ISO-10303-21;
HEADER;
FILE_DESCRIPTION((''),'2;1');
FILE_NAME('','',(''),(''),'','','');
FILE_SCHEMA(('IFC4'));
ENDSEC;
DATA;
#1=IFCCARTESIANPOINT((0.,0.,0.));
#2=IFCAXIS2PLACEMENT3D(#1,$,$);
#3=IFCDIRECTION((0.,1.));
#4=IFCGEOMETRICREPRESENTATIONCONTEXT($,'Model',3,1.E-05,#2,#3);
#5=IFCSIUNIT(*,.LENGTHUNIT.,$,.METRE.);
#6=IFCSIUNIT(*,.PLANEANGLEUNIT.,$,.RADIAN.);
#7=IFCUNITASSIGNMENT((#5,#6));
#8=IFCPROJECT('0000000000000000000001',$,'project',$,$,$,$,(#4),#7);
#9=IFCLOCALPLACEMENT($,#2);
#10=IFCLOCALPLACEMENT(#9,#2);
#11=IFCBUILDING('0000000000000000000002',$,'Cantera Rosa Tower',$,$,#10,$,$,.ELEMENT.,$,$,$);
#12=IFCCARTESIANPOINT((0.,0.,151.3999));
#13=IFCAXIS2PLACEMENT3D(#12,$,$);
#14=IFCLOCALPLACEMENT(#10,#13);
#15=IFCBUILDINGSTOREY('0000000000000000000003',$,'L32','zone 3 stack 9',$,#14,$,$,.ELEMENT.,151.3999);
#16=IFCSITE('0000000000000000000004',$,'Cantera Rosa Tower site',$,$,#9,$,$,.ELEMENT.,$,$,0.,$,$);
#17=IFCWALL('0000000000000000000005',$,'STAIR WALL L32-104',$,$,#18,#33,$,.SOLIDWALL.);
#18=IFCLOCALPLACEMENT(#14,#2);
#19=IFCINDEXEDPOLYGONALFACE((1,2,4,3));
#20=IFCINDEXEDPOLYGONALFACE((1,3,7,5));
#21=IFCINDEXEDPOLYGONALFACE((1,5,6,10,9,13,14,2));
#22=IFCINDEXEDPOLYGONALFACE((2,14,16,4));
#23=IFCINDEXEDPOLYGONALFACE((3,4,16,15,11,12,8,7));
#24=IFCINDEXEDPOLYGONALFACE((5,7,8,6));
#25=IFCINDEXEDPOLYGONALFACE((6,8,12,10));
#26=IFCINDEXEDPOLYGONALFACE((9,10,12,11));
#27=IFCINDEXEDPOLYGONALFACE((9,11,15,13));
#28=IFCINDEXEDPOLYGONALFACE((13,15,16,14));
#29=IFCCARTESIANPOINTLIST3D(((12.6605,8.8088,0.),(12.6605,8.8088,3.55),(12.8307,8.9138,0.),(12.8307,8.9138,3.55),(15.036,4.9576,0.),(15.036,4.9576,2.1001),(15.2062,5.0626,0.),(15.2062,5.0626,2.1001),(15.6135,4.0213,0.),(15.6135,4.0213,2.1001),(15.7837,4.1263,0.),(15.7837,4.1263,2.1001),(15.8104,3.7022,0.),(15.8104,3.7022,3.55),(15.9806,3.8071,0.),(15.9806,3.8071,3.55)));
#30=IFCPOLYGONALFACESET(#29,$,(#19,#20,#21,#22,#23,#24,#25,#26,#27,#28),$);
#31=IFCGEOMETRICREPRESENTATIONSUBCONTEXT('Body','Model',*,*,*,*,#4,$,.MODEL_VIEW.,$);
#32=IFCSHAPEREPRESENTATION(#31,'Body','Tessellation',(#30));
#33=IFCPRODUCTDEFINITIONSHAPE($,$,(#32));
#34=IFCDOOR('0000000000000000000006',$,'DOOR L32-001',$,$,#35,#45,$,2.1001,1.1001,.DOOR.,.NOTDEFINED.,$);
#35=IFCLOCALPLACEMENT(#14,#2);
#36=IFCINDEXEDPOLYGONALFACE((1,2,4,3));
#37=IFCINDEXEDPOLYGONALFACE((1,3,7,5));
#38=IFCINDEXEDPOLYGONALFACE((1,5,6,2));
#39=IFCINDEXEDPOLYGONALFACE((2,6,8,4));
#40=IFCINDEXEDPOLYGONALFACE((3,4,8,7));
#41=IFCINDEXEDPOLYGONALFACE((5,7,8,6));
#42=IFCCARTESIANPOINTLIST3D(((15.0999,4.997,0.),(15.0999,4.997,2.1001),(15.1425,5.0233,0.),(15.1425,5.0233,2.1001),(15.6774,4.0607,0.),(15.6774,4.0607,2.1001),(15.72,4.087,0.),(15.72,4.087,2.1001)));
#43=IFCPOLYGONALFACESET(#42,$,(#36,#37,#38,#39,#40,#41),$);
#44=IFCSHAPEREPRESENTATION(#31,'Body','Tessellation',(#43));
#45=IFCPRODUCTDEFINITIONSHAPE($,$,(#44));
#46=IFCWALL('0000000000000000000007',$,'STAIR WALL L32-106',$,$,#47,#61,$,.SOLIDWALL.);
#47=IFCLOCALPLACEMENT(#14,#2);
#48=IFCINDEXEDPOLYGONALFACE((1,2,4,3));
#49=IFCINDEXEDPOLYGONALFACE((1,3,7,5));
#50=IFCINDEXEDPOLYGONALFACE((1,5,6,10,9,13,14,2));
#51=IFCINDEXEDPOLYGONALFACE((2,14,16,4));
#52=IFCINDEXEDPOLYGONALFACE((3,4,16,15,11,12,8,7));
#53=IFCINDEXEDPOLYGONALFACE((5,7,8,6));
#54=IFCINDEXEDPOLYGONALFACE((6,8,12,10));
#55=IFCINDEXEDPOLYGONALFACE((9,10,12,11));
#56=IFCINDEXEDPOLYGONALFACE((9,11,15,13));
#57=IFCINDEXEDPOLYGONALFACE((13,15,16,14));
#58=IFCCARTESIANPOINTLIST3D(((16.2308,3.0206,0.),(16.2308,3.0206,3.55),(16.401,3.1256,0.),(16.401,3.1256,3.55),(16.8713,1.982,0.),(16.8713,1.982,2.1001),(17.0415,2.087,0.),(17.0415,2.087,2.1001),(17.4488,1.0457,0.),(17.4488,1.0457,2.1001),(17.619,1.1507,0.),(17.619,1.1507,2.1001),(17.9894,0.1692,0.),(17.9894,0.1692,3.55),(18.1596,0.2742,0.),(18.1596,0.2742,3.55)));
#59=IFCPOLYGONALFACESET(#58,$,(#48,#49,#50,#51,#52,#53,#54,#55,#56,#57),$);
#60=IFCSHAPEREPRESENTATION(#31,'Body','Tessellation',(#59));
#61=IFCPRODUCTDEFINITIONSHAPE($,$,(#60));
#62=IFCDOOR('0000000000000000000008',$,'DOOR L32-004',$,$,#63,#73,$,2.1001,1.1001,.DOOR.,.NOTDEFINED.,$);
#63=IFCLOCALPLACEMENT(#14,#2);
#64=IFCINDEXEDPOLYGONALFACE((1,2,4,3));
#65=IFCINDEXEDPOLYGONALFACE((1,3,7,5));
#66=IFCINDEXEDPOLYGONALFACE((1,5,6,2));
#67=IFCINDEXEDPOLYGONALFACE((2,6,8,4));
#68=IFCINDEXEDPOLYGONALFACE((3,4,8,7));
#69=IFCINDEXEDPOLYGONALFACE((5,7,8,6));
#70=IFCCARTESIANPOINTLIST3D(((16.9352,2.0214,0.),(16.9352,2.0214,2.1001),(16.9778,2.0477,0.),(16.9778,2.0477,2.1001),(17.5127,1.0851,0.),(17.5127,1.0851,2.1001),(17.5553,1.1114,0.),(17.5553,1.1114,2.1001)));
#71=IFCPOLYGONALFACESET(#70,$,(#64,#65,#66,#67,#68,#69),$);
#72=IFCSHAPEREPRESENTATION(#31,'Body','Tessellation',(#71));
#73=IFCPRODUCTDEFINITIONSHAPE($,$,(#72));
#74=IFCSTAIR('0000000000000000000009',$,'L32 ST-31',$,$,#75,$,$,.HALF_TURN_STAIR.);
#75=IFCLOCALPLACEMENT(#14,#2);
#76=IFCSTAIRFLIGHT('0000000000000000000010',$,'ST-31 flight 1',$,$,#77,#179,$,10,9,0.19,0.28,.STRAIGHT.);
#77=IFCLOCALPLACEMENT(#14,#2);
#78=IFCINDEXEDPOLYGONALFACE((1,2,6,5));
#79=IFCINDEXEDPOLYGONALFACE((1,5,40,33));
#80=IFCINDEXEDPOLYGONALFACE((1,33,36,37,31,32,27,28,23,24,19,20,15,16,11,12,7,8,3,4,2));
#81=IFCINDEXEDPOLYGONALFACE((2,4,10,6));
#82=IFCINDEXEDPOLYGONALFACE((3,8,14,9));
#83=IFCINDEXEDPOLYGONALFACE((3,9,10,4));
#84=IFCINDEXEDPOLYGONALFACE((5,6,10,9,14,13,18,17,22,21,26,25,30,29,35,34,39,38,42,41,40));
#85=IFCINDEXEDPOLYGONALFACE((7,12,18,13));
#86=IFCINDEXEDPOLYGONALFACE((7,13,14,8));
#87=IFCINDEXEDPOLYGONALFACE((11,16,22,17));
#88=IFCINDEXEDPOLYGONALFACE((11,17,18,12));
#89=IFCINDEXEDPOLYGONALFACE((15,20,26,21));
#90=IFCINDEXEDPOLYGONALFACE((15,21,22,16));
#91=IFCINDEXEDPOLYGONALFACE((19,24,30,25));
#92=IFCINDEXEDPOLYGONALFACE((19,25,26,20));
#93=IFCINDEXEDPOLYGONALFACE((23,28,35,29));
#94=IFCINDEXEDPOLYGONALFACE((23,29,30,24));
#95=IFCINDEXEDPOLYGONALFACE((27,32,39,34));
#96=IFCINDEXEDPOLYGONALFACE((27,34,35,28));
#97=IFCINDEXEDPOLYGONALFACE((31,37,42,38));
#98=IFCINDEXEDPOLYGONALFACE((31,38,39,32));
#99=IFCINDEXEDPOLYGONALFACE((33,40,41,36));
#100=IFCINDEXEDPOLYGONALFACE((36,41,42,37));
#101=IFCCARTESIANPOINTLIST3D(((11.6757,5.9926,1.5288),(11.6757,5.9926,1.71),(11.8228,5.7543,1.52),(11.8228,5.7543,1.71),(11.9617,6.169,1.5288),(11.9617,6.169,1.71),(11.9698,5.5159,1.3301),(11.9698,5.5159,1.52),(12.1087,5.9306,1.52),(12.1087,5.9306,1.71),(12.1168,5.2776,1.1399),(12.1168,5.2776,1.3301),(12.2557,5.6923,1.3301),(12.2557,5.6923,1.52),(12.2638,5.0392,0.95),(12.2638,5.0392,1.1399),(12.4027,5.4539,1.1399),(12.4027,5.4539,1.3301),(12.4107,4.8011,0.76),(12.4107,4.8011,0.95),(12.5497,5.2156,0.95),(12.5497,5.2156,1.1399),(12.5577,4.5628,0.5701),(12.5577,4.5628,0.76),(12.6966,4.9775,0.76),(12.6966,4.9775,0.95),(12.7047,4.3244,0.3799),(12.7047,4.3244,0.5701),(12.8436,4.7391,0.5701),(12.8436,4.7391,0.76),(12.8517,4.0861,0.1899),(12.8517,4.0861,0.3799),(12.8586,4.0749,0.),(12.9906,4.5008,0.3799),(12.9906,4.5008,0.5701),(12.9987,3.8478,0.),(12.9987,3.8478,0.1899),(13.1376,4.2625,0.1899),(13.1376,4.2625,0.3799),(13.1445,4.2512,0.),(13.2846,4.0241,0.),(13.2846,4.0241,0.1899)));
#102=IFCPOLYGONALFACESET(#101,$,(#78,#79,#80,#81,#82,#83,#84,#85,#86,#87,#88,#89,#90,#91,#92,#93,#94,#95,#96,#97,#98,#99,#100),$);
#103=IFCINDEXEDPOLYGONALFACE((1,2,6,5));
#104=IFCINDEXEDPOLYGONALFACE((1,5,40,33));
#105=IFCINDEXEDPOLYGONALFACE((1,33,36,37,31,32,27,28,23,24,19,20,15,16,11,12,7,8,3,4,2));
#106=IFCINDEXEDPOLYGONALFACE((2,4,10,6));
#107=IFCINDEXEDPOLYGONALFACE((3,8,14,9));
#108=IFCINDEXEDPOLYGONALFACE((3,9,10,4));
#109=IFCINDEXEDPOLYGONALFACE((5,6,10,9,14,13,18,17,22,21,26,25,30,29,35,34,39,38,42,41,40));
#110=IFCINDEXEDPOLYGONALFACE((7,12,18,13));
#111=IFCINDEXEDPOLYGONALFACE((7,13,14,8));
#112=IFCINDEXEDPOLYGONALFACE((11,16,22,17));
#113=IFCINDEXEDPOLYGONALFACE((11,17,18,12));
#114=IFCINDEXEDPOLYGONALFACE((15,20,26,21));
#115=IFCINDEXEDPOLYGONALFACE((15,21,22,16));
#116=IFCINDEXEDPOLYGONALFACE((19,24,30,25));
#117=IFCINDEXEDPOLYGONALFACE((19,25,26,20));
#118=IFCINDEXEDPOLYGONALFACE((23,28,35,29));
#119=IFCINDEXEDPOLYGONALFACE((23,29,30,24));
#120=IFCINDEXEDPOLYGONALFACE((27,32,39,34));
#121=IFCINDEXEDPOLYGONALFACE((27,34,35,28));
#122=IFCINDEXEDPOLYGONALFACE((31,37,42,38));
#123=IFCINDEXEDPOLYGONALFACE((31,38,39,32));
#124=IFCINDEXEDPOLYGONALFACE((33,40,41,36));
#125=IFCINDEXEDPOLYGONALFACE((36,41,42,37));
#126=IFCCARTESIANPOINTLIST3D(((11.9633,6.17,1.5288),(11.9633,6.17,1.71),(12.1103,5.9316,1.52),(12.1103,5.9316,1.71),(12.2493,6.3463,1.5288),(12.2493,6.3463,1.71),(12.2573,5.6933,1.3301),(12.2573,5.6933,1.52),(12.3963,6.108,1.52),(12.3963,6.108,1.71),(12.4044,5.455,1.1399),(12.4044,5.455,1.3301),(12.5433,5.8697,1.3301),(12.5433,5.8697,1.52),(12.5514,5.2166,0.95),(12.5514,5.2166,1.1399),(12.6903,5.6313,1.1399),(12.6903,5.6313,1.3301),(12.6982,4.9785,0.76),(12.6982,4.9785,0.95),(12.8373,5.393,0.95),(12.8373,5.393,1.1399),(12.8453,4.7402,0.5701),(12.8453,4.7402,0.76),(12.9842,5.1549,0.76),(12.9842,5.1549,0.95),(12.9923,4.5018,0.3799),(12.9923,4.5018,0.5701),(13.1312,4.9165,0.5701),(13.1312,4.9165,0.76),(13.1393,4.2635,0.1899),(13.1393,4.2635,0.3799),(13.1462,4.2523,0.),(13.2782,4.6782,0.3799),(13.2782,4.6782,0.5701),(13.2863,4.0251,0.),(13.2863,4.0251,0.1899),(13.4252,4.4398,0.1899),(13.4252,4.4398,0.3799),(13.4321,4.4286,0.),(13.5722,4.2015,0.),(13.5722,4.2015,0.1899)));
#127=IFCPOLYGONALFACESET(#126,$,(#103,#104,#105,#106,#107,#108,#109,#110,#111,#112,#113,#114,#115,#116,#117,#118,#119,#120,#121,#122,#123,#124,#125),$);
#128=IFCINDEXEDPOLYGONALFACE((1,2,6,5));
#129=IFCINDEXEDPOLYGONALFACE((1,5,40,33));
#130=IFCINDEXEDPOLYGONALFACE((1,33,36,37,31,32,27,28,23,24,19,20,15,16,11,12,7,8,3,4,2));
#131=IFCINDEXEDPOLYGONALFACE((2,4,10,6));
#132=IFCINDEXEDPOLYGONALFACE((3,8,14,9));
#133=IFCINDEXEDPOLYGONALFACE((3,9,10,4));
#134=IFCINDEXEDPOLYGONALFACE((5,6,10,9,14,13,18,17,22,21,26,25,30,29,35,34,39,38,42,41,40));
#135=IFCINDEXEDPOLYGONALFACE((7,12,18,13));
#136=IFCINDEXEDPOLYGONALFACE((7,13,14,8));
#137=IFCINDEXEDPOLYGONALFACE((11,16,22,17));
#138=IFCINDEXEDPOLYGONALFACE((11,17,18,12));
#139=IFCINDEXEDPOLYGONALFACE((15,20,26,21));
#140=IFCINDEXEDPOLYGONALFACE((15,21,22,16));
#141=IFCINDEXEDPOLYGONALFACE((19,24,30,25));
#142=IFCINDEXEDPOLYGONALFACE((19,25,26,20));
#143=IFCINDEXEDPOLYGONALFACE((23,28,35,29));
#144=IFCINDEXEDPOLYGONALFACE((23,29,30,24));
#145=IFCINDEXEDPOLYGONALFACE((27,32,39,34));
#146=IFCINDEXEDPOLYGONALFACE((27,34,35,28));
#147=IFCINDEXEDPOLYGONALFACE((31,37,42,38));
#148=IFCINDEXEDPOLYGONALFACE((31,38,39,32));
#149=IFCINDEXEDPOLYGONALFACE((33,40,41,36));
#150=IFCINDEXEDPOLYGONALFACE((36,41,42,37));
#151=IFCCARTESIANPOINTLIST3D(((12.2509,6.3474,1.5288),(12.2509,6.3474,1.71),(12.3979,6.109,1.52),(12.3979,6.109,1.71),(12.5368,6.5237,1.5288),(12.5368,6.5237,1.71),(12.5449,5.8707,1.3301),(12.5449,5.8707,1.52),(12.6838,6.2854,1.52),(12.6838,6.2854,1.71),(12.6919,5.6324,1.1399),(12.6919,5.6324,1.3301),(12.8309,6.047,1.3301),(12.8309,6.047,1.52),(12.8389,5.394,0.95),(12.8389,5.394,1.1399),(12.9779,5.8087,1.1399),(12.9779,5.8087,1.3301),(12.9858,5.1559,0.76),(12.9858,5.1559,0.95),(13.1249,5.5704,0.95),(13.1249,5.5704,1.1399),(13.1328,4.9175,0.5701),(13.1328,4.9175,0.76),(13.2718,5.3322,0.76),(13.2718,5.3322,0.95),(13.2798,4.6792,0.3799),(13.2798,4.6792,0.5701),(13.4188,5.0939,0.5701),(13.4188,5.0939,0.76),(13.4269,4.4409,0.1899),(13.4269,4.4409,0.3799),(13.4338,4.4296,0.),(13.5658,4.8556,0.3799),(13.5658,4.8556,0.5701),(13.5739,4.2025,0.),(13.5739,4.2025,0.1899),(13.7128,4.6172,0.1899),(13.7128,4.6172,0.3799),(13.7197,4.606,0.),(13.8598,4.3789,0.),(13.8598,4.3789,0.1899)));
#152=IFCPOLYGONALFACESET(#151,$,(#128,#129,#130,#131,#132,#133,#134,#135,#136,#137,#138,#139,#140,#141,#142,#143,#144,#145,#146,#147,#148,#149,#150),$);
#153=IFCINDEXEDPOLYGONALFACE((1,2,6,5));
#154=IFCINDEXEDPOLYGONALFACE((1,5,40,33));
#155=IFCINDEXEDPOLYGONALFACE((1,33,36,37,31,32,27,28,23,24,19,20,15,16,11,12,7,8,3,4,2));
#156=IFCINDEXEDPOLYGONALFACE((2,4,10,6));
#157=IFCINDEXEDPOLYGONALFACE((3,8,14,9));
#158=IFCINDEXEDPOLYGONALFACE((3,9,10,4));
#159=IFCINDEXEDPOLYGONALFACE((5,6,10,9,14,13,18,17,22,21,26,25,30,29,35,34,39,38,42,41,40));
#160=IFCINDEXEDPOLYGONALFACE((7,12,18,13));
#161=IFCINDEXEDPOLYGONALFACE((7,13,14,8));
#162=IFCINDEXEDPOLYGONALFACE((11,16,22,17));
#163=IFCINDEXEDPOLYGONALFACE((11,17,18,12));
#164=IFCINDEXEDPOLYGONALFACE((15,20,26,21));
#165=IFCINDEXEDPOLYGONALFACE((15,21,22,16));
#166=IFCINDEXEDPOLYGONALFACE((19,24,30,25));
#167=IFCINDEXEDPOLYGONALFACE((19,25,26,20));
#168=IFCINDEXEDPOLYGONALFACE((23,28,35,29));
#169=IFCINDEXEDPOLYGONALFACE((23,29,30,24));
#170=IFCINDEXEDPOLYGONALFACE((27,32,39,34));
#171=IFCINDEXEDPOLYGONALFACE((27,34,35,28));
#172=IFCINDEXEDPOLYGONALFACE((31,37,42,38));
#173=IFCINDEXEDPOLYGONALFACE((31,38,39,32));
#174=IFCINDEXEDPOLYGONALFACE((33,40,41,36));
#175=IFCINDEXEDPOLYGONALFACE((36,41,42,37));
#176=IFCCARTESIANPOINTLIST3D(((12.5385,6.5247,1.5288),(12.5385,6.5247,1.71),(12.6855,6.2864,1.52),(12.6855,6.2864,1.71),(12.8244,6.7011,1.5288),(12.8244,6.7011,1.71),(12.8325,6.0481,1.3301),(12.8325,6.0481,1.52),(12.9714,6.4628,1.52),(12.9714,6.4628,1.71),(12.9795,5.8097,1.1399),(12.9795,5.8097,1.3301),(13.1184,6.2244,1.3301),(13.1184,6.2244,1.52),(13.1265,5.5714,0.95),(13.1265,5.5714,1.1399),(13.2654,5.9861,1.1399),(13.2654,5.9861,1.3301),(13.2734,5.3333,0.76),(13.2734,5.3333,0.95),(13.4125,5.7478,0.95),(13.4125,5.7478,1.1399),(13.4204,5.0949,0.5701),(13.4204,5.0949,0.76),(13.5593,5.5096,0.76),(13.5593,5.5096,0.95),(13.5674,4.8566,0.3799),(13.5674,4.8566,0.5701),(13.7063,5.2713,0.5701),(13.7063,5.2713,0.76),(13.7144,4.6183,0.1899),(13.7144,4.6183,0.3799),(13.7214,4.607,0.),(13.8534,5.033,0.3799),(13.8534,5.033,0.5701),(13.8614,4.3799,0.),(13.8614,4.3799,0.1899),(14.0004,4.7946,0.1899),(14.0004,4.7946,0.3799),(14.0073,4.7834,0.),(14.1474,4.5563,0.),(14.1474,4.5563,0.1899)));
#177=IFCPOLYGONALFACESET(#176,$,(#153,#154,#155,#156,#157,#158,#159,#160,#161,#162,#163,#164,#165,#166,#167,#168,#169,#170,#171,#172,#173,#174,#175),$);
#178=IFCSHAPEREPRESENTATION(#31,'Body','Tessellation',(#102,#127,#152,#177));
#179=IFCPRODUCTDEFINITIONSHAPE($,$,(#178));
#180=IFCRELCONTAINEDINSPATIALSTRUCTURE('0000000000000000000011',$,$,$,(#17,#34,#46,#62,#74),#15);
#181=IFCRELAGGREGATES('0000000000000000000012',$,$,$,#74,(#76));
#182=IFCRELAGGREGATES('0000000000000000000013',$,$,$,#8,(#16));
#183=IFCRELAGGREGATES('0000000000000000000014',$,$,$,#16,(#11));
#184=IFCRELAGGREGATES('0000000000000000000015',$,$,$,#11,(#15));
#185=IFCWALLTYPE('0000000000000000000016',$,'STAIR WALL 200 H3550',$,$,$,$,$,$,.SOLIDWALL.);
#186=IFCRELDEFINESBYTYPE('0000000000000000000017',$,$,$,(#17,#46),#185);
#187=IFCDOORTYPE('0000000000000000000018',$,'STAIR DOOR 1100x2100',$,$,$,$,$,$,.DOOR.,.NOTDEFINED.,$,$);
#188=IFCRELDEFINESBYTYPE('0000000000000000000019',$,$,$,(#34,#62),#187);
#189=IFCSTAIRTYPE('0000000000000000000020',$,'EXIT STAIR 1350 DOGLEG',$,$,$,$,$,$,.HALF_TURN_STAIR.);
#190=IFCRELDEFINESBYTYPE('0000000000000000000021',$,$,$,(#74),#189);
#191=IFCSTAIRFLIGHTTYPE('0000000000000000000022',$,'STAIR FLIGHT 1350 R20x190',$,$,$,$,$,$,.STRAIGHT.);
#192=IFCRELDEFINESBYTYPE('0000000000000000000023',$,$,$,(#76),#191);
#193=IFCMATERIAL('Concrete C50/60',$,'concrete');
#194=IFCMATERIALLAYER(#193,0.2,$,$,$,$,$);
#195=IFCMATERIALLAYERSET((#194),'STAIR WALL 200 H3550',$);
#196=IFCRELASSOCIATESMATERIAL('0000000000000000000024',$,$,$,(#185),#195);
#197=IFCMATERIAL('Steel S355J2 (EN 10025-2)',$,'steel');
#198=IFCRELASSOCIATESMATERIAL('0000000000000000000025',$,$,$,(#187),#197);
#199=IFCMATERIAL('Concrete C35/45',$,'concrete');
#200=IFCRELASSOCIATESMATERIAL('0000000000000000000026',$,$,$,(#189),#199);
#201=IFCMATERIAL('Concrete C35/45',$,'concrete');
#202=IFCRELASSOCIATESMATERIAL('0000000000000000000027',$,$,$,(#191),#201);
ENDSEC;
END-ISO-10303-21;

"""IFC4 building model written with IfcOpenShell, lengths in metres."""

from ifc_helpers import new_model, si_unit, direction, frame, frame_2d, origin, place, context, subcontext, project, spatial, polyline, rectangle, outline, extrude, material, layer, layer_set, type_object, element, fill, aggregate, save


model = new_model("IFC4")

# Units and contexts
model_context = context("Model", 3, precision=1e-05, world=origin(), true_north=direction((0.0, 1.0)))
body_context = subcontext(model_context, "Body", "Model", "MODEL_VIEW")
ifc_project = project(units=[si_unit("LENGTHUNIT", "METRE"), si_unit("PLANEANGLEUNIT", "RADIAN")], contexts=[model_context])

# Site, building, storey
site_placement = place(None, origin())
site = spatial("IfcSite", under=ifc_project, at=site_placement, Name="Cantera Rosa Tower site", CompositionType="ELEMENT", RefElevation=0.0)
building_placement = place(site_placement, origin())
building = spatial("IfcBuilding", under=site, at=building_placement, Name="Cantera Rosa Tower", CompositionType="ELEMENT")
storey_placement = place(building_placement, frame((0.0, 0.0, 151.3999)))
storey = spatial("IfcBuildingStorey", under=building, at=storey_placement, Name="L32", Description="zone 3 stack 9", CompositionType="ELEMENT", Elevation=151.3999)

# Shared definitions
ifc_material_1 = material(Name="Concrete C50/60", Category="concrete")
ifc_layer_1 = layer(ifc_material_1, 0.2)
ifc_layer_set_1 = layer_set([ifc_layer_1], Name="STAIR WALL 200 H3550")
wall_type_1 = type_object("IfcWallType", Name="STAIR WALL 200 H3550", PredefinedType="SOLIDWALL", material=ifc_layer_set_1)

# Walls, openings, doors
wall_1_placement = place(storey_placement, frame((15.8955, 3.7546, 0.0), z_axis=(0.0, 0.0, 1.0), x_axis=(-0.524983, 0.851113, 0.0)))
wall_1 = element("IfcWall", 1, at=wall_1_placement, inside=storey, type_object=wall_type_1, Name="STAIR WALL L32-104", PredefinedType="SOLIDWALL", context=body_context, shape_type="SweptSolid", body=[
    extrude(rectangle(XDim=6.0, YDim=0.2, at=frame_2d((3.0, 0.0))), origin(), (0.0, 0.0, 1.0), 3.55),
])
opening_1_placement = place(wall_1_placement, frame((0.375, 0.0, 0.0)))
opening_1 = element("IfcOpeningElement", 2, at=opening_1_placement, cuts=wall_1, PredefinedType="OPENING", context=body_context, shape_type="SweptSolid", body=[
    extrude(rectangle(XDim=1.1001, YDim=2.1001, at=frame_2d((0.55, 1.05))), frame((0.0, 0.1099, 0.0), z_axis=(0.0, -1.0, 0.0), x_axis=(1.0, 0.0, 0.0)), (0.0, 0.0, 1.0), 0.22),
])
ifc_material_2 = material(Name="Steel S355J2 (EN 10025-2)", Category="steel")
door_type_1 = type_object("IfcDoorType", Name="STAIR DOOR 1100x2100", OperationType="NOTDEFINED", PredefinedType="DOOR", material=ifc_material_2)
door_1_placement = place(opening_1_placement, origin())
door_1 = element("IfcDoor", 3, at=door_1_placement, inside=storey, type_object=door_type_1, Name="DOOR L32-001", OperationType="NOTDEFINED", OverallHeight=2.1001, OverallWidth=1.1001, PredefinedType="DOOR", context=body_context, shape_type="SweptSolid", body=[
    extrude(rectangle(XDim=1.1001, YDim=2.1001, at=frame_2d((0.55, 1.05))), frame((0.0, 0.0249, 0.0), z_axis=(0.0, -1.0, 0.0), x_axis=(1.0, 0.0, 0.0)), (0.0, 0.0, 1.0), 0.05),
])
fill(opening_1, door_1)
wall_2_placement = place(storey_placement, frame((18.0745, 0.2217, 0.0), z_axis=(0.0, 0.0, 1.0), x_axis=(-0.524939, 0.85114, 0.0)))
wall_2 = element("IfcWall", 4, at=wall_2_placement, inside=storey, type_object=wall_type_1, Name="STAIR WALL L32-106", PredefinedType="SOLIDWALL", context=body_context, shape_type="SweptSolid", body=[
    extrude(rectangle(XDim=3.3501, YDim=0.2, at=frame_2d((1.675, 0.0))), origin(), (0.0, 0.0, 1.0), 3.55),
])
opening_2_placement = place(wall_2_placement, frame((1.0298, 0.0, 0.0)))
opening_2 = element("IfcOpeningElement", 5, at=opening_2_placement, cuts=wall_2, PredefinedType="OPENING", context=body_context, shape_type="SweptSolid", body=[
    extrude(rectangle(XDim=1.1001, YDim=2.1001, at=frame_2d((0.55, 1.05))), frame((0.0, 0.1099, 0.0), z_axis=(0.0, -1.0, 0.0), x_axis=(1.0, 0.0, 0.0)), (0.0, 0.0, 1.0), 0.22),
])
door_2_placement = place(opening_2_placement, origin())
door_2 = element("IfcDoor", 6, at=door_2_placement, inside=storey, type_object=door_type_1, Name="DOOR L32-004", OperationType="NOTDEFINED", OverallHeight=2.1001, OverallWidth=1.1001, PredefinedType="DOOR", context=body_context, shape_type="SweptSolid", body=[
    extrude(rectangle(XDim=1.1001, YDim=2.1001, at=frame_2d((0.55, 1.05))), frame((0.0, 0.0249, 0.0), z_axis=(0.0, -1.0, 0.0), x_axis=(1.0, 0.0, 0.0)), (0.0, 0.0, 1.0), 0.05),
])
fill(opening_2, door_2)

# Stair, stair flight
ifc_material_3 = material(Name="Concrete C35/45", Category="concrete")
stair_type = type_object("IfcStairType", Name="EXIT STAIR 1350 DOGLEG", PredefinedType="HALF_TURN_STAIR", material=ifc_material_3)
stair_1_placement = place(storey_placement, origin())
stair_1 = element("IfcStair", 7, at=stair_1_placement, inside=storey, type_object=stair_type, Name="L32 ST-31", PredefinedType="HALF_TURN_STAIR")
ifc_material_4 = material(Name="Concrete C35/45", Category="concrete")
stair_flight_type = type_object("IfcStairFlightType", Name="STAIR FLIGHT 1350 R20x190", PredefinedType="STRAIGHT", material=ifc_material_4)
stair_flight_1_placement = place(storey_placement, frame((13.5732, 4.2021, 0.0), z_axis=(0.0, 0.0, 1.0), x_axis=(-0.524977, 0.851117, 0.0)))
stair_flight_1 = element("IfcStairFlight", 8, at=stair_flight_1_placement, type_object=stair_flight_type, Name="ST-31 flight 1", NumberOfRisers=10, NumberOfTreads=9, PredefinedType="STRAIGHT", RiserHeight=0.19, TreadLength=0.28, context=body_context, shape_type="SweptSolid", body=[
    extrude(outline(polyline([(0.0, 0.0), (0.0, 0.1899), (0.28, 0.1899), (0.28, 0.3799), (0.5601, 0.3799), (0.5601, 0.5701), (0.8401, 0.5701), (0.8401, 0.76), (1.1201, 0.76), (1.1201, 0.95), (1.3999, 0.95), (1.3999, 1.1399), (1.6799, 1.1399), (1.6799, 1.3301), (1.96, 1.3301), (1.96, 1.52), (2.24, 1.52), (2.24, 1.71), (2.52, 1.71), (2.52, 1.8999), (2.52, 1.5288), (0.2668, 0.0), (0.0, 0.0)])), frame((0.0, 0.675, 0.0), z_axis=(0.0, -1.0, 0.0), x_axis=(1.0, 0.0, 0.0)), (0.0, 0.0, 1.0), 0.3359),
    extrude(outline(polyline([(0.0, 0.0), (0.0, 0.1899), (0.28, 0.1899), (0.28, 0.3799), (0.5601, 0.3799), (0.5601, 0.5701), (0.8401, 0.5701), (0.8401, 0.76), (1.1201, 0.76), (1.1201, 0.95), (1.3999, 0.95), (1.3999, 1.1399), (1.6799, 1.1399), (1.6799, 1.3301), (1.96, 1.3301), (1.96, 1.52), (2.24, 1.52), (2.24, 1.71), (2.52, 1.71), (2.52, 1.8999), (2.52, 1.5288), (0.2668, 0.0), (0.0, 0.0)])), frame((0.0, 0.3372, 0.0), z_axis=(0.0, -1.0, 0.0), x_axis=(1.0, 0.0, 0.0)), (0.0, 0.0, 1.0), 0.3359),
    extrude(outline(polyline([(0.0, 0.0), (0.0, 0.1899), (0.28, 0.1899), (0.28, 0.3799), (0.5601, 0.3799), (0.5601, 0.5701), (0.8401, 0.5701), (0.8401, 0.76), (1.1201, 0.76), (1.1201, 0.95), (1.3999, 0.95), (1.3999, 1.1399), (1.6799, 1.1399), (1.6799, 1.3301), (1.96, 1.3301), (1.96, 1.52), (2.24, 1.52), (2.24, 1.71), (2.52, 1.71), (2.52, 1.8999), (2.52, 1.5288), (0.2668, 0.0), (0.0, 0.0)])), frame((0.0, -0.0007, 0.0), z_axis=(0.0, -1.0, 0.0), x_axis=(1.0, 0.0, 0.0)), (0.0, 0.0, 1.0), 0.3359),
    extrude(outline(polyline([(0.0, 0.0), (0.0, 0.1899), (0.28, 0.1899), (0.28, 0.3799), (0.5601, 0.3799), (0.5601, 0.5701), (0.8401, 0.5701), (0.8401, 0.76), (1.1201, 0.76), (1.1201, 0.95), (1.3999, 0.95), (1.3999, 1.1399), (1.6799, 1.1399), (1.6799, 1.3301), (1.96, 1.3301), (1.96, 1.52), (2.24, 1.52), (2.24, 1.71), (2.52, 1.71), (2.52, 1.8999), (2.52, 1.5288), (0.2668, 0.0), (0.0, 0.0)])), frame((0.0, -0.3386, 0.0), z_axis=(0.0, -1.0, 0.0), x_axis=(1.0, 0.0, 0.0)), (0.0, 0.0, 1.0), 0.3359),
])
aggregate(stair_1, [stair_flight_1])

save(model, "model.ifc")
